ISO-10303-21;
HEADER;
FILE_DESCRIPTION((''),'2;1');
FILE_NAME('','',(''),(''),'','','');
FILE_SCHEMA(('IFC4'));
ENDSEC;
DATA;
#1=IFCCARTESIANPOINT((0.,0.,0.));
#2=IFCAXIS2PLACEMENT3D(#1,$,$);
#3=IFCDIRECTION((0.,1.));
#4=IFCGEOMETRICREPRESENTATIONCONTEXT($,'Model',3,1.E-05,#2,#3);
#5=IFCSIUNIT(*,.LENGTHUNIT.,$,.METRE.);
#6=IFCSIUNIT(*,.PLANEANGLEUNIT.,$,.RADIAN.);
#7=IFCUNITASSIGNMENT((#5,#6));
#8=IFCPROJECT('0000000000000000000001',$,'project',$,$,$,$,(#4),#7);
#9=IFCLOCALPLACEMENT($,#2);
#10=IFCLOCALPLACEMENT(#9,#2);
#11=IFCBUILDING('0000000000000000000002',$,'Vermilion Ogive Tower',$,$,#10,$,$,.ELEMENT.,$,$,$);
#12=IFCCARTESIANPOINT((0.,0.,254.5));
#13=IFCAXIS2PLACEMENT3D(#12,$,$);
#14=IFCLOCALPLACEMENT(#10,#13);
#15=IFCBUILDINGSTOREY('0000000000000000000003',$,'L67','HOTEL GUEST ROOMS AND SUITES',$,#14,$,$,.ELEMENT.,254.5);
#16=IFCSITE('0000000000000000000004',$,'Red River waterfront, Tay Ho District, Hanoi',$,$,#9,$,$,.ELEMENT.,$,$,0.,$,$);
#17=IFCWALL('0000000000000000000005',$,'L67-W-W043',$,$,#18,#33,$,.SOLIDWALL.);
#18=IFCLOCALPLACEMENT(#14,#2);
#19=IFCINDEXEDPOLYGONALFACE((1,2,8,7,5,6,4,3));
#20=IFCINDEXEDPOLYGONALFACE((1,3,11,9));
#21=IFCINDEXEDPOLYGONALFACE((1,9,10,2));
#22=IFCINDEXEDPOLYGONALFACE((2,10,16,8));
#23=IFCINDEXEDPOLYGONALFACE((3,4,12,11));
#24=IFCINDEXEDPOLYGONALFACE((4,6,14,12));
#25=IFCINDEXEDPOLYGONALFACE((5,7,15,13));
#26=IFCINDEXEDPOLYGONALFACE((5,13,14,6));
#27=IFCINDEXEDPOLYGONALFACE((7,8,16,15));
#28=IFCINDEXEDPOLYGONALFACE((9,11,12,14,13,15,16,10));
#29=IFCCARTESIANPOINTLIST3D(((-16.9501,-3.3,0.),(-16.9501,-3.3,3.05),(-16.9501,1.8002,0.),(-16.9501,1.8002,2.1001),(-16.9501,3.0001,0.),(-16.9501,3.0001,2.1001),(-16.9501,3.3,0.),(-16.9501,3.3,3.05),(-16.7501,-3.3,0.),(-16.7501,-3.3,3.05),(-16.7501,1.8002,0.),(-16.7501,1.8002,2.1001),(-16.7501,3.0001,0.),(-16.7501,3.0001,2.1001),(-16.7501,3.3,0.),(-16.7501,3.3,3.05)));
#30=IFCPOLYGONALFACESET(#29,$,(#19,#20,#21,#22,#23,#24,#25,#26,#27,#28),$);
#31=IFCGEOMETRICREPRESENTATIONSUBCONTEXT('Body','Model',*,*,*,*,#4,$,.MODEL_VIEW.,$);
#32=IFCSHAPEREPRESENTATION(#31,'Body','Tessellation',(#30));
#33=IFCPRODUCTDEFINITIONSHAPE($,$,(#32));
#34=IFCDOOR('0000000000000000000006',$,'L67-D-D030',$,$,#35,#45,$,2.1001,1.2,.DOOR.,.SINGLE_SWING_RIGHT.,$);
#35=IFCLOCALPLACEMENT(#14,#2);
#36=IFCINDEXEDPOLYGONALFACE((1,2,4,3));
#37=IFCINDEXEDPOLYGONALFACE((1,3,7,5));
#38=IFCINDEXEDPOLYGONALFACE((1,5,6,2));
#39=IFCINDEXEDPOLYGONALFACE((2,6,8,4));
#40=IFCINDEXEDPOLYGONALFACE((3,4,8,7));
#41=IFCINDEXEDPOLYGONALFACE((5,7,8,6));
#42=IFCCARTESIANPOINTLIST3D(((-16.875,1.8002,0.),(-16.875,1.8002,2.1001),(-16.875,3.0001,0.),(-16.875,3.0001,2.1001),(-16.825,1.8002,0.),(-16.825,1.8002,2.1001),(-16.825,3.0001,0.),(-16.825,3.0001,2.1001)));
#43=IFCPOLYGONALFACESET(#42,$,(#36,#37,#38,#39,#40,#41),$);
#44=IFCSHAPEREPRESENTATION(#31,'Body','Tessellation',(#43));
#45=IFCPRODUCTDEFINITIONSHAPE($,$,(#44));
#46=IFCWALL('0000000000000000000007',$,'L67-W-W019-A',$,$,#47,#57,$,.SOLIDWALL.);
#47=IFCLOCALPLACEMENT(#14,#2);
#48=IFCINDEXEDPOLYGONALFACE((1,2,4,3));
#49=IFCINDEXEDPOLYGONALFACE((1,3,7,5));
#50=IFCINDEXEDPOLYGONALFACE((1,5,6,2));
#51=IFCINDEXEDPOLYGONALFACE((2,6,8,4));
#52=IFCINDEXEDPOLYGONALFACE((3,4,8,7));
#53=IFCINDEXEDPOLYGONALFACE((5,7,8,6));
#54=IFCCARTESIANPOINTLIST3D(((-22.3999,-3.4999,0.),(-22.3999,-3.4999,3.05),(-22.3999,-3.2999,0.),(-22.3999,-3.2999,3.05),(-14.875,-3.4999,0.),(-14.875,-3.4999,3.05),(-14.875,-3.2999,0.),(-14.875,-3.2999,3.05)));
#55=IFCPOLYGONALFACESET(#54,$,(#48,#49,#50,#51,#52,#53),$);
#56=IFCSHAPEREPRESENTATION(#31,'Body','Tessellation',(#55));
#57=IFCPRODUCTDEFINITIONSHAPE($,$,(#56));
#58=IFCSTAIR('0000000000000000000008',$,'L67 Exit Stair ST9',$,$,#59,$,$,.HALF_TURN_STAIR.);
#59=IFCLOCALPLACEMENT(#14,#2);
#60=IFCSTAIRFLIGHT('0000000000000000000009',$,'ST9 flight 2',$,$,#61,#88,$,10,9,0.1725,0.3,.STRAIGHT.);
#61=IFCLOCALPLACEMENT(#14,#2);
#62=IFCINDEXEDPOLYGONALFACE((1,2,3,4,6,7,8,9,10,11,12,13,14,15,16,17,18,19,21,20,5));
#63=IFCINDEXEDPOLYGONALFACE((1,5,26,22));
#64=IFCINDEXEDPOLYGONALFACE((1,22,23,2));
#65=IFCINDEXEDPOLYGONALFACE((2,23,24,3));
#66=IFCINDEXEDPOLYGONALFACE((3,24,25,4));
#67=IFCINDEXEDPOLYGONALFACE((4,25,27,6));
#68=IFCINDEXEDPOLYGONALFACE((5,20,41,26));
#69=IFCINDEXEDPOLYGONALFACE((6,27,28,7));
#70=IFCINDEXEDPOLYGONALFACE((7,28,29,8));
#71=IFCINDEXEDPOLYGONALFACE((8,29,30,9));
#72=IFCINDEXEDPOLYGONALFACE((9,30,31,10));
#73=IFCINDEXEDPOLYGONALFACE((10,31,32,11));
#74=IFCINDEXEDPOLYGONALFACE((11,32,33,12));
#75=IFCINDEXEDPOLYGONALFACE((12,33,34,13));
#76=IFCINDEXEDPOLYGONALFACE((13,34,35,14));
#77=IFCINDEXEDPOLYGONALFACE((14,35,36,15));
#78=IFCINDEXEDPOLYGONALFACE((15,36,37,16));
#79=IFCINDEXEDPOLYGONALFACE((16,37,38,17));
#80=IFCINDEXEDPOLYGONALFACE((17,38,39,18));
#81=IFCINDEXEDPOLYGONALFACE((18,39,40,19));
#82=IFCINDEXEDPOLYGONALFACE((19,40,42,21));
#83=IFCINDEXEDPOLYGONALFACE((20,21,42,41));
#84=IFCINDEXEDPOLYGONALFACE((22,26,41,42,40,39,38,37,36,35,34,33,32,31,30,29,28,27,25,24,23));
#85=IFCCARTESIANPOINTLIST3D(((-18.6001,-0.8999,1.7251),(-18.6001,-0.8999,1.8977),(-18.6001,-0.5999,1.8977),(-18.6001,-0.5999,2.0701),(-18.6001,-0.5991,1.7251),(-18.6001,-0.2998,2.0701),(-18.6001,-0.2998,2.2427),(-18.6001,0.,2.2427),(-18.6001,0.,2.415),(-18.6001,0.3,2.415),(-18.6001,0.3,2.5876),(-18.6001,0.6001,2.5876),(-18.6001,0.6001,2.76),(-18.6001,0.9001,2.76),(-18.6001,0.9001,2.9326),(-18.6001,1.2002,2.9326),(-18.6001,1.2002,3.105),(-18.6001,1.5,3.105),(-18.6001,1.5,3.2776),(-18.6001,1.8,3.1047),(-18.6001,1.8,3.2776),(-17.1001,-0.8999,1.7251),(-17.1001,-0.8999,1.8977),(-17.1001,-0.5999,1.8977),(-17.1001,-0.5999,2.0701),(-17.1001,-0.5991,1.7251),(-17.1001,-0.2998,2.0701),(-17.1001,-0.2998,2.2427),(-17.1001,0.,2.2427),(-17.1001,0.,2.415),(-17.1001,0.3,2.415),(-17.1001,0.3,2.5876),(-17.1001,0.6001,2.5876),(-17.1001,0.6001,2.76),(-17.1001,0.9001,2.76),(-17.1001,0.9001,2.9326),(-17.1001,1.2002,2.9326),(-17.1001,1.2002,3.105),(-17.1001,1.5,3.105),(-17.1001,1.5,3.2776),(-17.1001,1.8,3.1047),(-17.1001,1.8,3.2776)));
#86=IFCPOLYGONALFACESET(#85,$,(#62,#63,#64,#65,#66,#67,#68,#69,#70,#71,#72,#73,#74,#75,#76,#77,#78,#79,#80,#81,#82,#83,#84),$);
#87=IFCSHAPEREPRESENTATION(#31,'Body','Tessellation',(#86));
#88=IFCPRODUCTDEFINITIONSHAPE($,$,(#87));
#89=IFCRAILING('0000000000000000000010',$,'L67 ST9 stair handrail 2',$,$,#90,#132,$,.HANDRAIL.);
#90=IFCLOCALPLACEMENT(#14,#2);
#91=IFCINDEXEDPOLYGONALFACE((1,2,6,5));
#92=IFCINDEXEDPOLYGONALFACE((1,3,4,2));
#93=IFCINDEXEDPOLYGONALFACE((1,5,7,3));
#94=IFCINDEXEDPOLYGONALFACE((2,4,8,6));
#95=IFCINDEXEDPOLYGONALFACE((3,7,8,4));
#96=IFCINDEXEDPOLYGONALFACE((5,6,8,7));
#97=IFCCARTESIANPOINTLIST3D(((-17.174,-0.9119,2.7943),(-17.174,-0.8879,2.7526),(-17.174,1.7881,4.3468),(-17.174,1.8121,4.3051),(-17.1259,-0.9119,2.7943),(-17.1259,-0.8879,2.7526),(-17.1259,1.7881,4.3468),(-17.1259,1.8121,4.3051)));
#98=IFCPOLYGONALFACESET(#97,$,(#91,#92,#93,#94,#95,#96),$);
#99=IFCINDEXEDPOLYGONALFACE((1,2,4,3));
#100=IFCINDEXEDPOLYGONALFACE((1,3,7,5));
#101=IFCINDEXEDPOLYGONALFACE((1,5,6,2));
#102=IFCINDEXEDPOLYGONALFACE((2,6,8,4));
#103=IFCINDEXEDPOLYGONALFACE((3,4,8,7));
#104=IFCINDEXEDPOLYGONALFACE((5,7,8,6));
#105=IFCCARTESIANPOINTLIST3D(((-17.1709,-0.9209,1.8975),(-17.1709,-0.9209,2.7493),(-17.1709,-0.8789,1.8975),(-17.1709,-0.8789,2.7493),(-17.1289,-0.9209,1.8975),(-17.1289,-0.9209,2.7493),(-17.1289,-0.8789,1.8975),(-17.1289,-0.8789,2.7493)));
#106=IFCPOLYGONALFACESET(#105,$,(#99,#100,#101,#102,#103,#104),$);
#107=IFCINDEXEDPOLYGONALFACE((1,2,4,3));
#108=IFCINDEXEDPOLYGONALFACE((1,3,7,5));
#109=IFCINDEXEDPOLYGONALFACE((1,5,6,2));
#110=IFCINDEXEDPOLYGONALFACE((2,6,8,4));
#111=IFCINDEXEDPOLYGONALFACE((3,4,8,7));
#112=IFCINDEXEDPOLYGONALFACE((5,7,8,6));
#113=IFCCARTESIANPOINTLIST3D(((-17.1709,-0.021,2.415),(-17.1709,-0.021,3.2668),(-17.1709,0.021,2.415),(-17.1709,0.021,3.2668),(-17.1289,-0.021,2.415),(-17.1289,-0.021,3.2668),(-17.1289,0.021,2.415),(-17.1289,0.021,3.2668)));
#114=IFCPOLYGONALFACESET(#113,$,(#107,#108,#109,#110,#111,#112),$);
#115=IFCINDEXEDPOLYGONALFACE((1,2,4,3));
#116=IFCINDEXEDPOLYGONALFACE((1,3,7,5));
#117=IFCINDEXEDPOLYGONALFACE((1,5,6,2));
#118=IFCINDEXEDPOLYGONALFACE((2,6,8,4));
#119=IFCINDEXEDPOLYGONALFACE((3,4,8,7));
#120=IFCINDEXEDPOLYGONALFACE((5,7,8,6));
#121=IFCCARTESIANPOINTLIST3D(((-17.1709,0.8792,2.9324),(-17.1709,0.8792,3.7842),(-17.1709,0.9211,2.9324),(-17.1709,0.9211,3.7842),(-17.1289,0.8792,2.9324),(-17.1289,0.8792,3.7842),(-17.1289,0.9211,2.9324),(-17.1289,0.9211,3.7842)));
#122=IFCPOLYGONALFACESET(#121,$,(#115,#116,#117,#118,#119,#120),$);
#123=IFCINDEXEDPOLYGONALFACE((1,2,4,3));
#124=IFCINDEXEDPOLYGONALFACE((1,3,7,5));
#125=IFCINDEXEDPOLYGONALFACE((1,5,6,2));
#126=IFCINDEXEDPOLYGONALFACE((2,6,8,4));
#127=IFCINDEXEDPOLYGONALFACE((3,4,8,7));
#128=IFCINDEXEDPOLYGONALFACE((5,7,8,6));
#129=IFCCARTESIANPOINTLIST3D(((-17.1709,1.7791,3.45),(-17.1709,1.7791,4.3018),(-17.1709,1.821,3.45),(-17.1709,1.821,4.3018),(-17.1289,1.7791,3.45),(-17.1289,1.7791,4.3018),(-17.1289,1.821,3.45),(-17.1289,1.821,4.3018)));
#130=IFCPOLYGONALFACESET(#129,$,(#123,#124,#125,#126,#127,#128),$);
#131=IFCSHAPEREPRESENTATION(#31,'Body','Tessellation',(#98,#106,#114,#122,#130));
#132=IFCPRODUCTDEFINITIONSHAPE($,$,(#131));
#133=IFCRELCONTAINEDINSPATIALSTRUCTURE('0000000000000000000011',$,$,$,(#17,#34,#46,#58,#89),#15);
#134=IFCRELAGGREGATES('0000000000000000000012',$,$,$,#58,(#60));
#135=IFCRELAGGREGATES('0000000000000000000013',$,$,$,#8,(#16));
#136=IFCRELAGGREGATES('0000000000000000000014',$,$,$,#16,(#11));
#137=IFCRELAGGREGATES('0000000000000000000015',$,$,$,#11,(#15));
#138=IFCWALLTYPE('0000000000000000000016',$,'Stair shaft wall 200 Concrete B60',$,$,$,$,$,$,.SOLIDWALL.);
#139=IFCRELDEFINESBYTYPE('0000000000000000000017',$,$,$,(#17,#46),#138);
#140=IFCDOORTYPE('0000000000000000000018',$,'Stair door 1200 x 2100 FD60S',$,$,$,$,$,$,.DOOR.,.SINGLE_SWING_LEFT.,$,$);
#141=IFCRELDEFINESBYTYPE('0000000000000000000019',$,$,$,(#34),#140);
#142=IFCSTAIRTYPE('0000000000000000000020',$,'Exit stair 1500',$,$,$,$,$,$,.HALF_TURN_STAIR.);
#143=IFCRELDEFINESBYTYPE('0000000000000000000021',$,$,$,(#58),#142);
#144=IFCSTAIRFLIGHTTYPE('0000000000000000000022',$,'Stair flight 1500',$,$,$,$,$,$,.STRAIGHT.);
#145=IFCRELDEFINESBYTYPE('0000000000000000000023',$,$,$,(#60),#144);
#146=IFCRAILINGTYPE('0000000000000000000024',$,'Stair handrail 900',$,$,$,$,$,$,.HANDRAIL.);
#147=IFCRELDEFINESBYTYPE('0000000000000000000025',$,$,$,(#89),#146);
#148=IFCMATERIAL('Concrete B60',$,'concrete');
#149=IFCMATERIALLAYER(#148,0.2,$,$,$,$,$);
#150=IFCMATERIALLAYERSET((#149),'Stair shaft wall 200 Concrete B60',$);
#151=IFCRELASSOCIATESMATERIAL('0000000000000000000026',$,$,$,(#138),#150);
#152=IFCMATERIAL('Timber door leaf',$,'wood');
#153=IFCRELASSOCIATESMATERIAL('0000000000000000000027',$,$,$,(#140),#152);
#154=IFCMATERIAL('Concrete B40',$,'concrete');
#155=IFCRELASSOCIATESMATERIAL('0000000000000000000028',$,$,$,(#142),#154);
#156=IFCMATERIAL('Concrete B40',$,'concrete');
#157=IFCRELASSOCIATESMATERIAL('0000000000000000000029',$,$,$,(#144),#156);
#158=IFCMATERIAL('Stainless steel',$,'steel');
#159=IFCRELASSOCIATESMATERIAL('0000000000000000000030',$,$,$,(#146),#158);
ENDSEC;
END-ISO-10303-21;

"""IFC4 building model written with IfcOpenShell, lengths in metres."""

from ifc_helpers import new_model, si_unit, direction, frame, frame_2d, origin, origin_2d, place, context, subcontext, project, spatial, polyline, rectangle, outline, extrude, material, layer, layer_set, type_object, element, fill, aggregate, save


model = new_model("IFC4")

# Units and contexts
model_context = context("Model", 3, precision=1e-05, world=origin(), true_north=direction((0.0, 1.0)))
body_context = subcontext(model_context, "Body", "Model", "MODEL_VIEW")
ifc_project = project(units=[si_unit("LENGTHUNIT", "METRE"), si_unit("PLANEANGLEUNIT", "RADIAN")], contexts=[model_context])

# Site, building, storey
site_placement = place(None, origin())
site = spatial("IfcSite", under=ifc_project, at=site_placement, Name="Red River waterfront, Tay Ho District, Hanoi", CompositionType="ELEMENT", RefElevation=0.0)
building_placement = place(site_placement, origin())
building = spatial("IfcBuilding", under=site, at=building_placement, Name="Vermilion Ogive Tower", CompositionType="ELEMENT")
storey_placement = place(building_placement, frame((0.0, 0.0, 254.5)))
storey = spatial("IfcBuildingStorey", under=building, at=storey_placement, Name="L67", Description="HOTEL GUEST ROOMS AND SUITES", CompositionType="ELEMENT", Elevation=254.5)

# Shared definitions
ifc_material_1 = material(Name="Concrete B60", Category="concrete")
ifc_layer_1 = layer(ifc_material_1, 0.2)
ifc_layer_set_1 = layer_set([ifc_layer_1], Name="Stair shaft wall 200 Concrete B60")
wall_type_1 = type_object("IfcWallType", Name="Stair shaft wall 200 Concrete B60", PredefinedType="SOLIDWALL", material=ifc_layer_set_1)

# Wall, opening, door
wall_1_placement = place(storey_placement, frame((-16.8501, -3.3, 0.0), z_axis=(0.0, 0.0, 1.0), x_axis=(0.0, 1.0, 0.0)))
wall_1 = element("IfcWall", 1, at=wall_1_placement, inside=storey, type_object=wall_type_1, Name="L67-W-W043", PredefinedType="SOLIDWALL", context=body_context, shape_type="SweptSolid", body=[
    extrude(rectangle(XDim=6.6001, YDim=0.2, at=frame_2d((3.3, 0.0))), origin(), (0.0, 0.0, 1.0), 3.05),
])
opening_1_placement = place(wall_1_placement, frame((5.1001, 0.0, 0.0)))
opening_1 = element("IfcOpeningElement", 2, at=opening_1_placement, cuts=wall_1, PredefinedType="OPENING", context=body_context, shape_type="SweptSolid", body=[
    extrude(rectangle(XDim=1.2, YDim=2.1001, at=frame_2d((0.6001, 1.05))), frame((0.0, 0.1099, 0.0), z_axis=(0.0, -1.0, 0.0), x_axis=(1.0, 0.0, 0.0)), (0.0, 0.0, 1.0), 0.22),
])
ifc_material_2 = material(Name="Timber door leaf", Category="wood")
door_type_1 = type_object("IfcDoorType", Name="Stair door 1200 x 2100 FD60S", OperationType="SINGLE_SWING_LEFT", PredefinedType="DOOR", material=ifc_material_2)
door_1_placement = place(opening_1_placement, origin())
door_1 = element("IfcDoor", 3, at=door_1_placement, inside=storey, type_object=door_type_1, Name="L67-D-D030", OperationType="SINGLE_SWING_RIGHT", OverallHeight=2.1001, OverallWidth=1.2, PredefinedType="DOOR", context=body_context, shape_type="SweptSolid", body=[
    extrude(rectangle(XDim=1.2, YDim=2.1001, at=frame_2d((0.6001, 1.05))), frame((0.0, 0.0249, 0.0), z_axis=(0.0, -1.0, 0.0), x_axis=(1.0, 0.0, 0.0)), (0.0, 0.0, 1.0), 0.05),
])
fill(opening_1, door_1)

# Wall
wall_2_placement = place(storey_placement, frame((-22.3999, -3.3999, 0.0), z_axis=(0.0, 0.0, 1.0), x_axis=(1.0, 0.0, 0.0)))
element("IfcWall", 4, at=wall_2_placement, inside=storey, type_object=wall_type_1, Name="L67-W-W019-A", PredefinedType="SOLIDWALL", context=body_context, shape_type="SweptSolid", body=[
    extrude(rectangle(XDim=7.5249, YDim=0.2, at=frame_2d((3.7625, 0.0))), origin(), (0.0, 0.0, 1.0), 3.05),
])

# Stair, stair flight
ifc_material_3 = material(Name="Concrete B40", Category="concrete")
stair_type = type_object("IfcStairType", Name="Exit stair 1500", PredefinedType="HALF_TURN_STAIR", material=ifc_material_3)
stair_placement = place(storey_placement, origin())
stair = element("IfcStair", 5, at=stair_placement, inside=storey, type_object=stair_type, Name="L67 Exit Stair ST9", PredefinedType="HALF_TURN_STAIR")
ifc_material_4 = material(Name="Concrete B40", Category="concrete")
stair_flight_type = type_object("IfcStairFlightType", Name="Stair flight 1500", PredefinedType="STRAIGHT", material=ifc_material_4)
stair_flight_placement = place(storey_placement, frame((-17.8501, -0.8999, 1.7251), z_axis=(0.0, 0.0, 1.0), x_axis=(0.0, 1.0, 0.0)))
stair_flight = element("IfcStairFlight", 6, at=stair_flight_placement, type_object=stair_flight_type, Name="ST9 flight 2", NumberOfRisers=10, NumberOfTreads=9, PredefinedType="STRAIGHT", RiserHeight=0.1725, TreadLength=0.3, context=body_context, shape_type="SweptSolid", body=[
    extrude(outline(polyline([(0.0, 0.0), (0.0, 0.1726), (0.3, 0.1726), (0.3, 0.345), (0.6001, 0.345), (0.6001, 0.5176), (0.8999, 0.5176), (0.8999, 0.6899), (1.2, 0.6899), (1.2, 0.8625), (1.5, 0.8625), (1.5, 1.0349), (1.8, 1.0349), (1.8, 1.2075), (2.1001, 1.2075), (2.1001, 1.3799), (2.3999, 1.3799), (2.3999, 1.5525), (2.7, 1.5525), (2.7, 1.7251), (2.7, 1.3796), (0.3008, 0.0), (0.0, 0.0)])), frame((0.0, 0.75, 0.0), z_axis=(0.0, -1.0, 0.0), x_axis=(1.0, 0.0, 0.0)), (0.0, 0.0, 1.0), 1.5),
])
aggregate(stair, [stair_flight])

# Railing
ifc_material_5 = material(Name="Stainless steel", Category="steel")
railing_type = type_object("IfcRailingType", Name="Stair handrail 900", PredefinedType="HANDRAIL", material=ifc_material_5)
railing_placement = place(storey_placement, frame((-17.1499, -0.8999, 1.8975)))
element("IfcRailing", 7, at=railing_placement, inside=storey, type_object=railing_type, Name="L67 ST9 stair handrail 2", PredefinedType="HANDRAIL", context=body_context, shape_type="SweptSolid", body=[
    extrude(rectangle(XDim=0.0481, YDim=0.0481, at=origin_2d()), frame((0.0, 0.0, 0.876), z_axis=(0.0, 0.866904, 0.498476), x_axis=(-1.0, 0.0, 0.0)), (0.0, 0.0, 1.0), 3.1145),
    extrude(rectangle(XDim=0.042, YDim=0.042, at=origin_2d()), origin(), (0.0, 0.0, 1.0), 0.8518),
    extrude(rectangle(XDim=0.042, YDim=0.042, at=origin_2d()), frame((0.0, 0.8999, 0.5176)), (0.0, 0.0, 1.0), 0.8518),
    extrude(rectangle(XDim=0.042, YDim=0.042, at=origin_2d()), frame((0.0, 1.8, 1.0349)), (0.0, 0.0, 1.0), 0.8518),
    extrude(rectangle(XDim=0.042, YDim=0.042, at=origin_2d()), frame((0.0, 2.7, 1.5525)), (0.0, 0.0, 1.0), 0.8518),
])

save(model, "model.ifc")
